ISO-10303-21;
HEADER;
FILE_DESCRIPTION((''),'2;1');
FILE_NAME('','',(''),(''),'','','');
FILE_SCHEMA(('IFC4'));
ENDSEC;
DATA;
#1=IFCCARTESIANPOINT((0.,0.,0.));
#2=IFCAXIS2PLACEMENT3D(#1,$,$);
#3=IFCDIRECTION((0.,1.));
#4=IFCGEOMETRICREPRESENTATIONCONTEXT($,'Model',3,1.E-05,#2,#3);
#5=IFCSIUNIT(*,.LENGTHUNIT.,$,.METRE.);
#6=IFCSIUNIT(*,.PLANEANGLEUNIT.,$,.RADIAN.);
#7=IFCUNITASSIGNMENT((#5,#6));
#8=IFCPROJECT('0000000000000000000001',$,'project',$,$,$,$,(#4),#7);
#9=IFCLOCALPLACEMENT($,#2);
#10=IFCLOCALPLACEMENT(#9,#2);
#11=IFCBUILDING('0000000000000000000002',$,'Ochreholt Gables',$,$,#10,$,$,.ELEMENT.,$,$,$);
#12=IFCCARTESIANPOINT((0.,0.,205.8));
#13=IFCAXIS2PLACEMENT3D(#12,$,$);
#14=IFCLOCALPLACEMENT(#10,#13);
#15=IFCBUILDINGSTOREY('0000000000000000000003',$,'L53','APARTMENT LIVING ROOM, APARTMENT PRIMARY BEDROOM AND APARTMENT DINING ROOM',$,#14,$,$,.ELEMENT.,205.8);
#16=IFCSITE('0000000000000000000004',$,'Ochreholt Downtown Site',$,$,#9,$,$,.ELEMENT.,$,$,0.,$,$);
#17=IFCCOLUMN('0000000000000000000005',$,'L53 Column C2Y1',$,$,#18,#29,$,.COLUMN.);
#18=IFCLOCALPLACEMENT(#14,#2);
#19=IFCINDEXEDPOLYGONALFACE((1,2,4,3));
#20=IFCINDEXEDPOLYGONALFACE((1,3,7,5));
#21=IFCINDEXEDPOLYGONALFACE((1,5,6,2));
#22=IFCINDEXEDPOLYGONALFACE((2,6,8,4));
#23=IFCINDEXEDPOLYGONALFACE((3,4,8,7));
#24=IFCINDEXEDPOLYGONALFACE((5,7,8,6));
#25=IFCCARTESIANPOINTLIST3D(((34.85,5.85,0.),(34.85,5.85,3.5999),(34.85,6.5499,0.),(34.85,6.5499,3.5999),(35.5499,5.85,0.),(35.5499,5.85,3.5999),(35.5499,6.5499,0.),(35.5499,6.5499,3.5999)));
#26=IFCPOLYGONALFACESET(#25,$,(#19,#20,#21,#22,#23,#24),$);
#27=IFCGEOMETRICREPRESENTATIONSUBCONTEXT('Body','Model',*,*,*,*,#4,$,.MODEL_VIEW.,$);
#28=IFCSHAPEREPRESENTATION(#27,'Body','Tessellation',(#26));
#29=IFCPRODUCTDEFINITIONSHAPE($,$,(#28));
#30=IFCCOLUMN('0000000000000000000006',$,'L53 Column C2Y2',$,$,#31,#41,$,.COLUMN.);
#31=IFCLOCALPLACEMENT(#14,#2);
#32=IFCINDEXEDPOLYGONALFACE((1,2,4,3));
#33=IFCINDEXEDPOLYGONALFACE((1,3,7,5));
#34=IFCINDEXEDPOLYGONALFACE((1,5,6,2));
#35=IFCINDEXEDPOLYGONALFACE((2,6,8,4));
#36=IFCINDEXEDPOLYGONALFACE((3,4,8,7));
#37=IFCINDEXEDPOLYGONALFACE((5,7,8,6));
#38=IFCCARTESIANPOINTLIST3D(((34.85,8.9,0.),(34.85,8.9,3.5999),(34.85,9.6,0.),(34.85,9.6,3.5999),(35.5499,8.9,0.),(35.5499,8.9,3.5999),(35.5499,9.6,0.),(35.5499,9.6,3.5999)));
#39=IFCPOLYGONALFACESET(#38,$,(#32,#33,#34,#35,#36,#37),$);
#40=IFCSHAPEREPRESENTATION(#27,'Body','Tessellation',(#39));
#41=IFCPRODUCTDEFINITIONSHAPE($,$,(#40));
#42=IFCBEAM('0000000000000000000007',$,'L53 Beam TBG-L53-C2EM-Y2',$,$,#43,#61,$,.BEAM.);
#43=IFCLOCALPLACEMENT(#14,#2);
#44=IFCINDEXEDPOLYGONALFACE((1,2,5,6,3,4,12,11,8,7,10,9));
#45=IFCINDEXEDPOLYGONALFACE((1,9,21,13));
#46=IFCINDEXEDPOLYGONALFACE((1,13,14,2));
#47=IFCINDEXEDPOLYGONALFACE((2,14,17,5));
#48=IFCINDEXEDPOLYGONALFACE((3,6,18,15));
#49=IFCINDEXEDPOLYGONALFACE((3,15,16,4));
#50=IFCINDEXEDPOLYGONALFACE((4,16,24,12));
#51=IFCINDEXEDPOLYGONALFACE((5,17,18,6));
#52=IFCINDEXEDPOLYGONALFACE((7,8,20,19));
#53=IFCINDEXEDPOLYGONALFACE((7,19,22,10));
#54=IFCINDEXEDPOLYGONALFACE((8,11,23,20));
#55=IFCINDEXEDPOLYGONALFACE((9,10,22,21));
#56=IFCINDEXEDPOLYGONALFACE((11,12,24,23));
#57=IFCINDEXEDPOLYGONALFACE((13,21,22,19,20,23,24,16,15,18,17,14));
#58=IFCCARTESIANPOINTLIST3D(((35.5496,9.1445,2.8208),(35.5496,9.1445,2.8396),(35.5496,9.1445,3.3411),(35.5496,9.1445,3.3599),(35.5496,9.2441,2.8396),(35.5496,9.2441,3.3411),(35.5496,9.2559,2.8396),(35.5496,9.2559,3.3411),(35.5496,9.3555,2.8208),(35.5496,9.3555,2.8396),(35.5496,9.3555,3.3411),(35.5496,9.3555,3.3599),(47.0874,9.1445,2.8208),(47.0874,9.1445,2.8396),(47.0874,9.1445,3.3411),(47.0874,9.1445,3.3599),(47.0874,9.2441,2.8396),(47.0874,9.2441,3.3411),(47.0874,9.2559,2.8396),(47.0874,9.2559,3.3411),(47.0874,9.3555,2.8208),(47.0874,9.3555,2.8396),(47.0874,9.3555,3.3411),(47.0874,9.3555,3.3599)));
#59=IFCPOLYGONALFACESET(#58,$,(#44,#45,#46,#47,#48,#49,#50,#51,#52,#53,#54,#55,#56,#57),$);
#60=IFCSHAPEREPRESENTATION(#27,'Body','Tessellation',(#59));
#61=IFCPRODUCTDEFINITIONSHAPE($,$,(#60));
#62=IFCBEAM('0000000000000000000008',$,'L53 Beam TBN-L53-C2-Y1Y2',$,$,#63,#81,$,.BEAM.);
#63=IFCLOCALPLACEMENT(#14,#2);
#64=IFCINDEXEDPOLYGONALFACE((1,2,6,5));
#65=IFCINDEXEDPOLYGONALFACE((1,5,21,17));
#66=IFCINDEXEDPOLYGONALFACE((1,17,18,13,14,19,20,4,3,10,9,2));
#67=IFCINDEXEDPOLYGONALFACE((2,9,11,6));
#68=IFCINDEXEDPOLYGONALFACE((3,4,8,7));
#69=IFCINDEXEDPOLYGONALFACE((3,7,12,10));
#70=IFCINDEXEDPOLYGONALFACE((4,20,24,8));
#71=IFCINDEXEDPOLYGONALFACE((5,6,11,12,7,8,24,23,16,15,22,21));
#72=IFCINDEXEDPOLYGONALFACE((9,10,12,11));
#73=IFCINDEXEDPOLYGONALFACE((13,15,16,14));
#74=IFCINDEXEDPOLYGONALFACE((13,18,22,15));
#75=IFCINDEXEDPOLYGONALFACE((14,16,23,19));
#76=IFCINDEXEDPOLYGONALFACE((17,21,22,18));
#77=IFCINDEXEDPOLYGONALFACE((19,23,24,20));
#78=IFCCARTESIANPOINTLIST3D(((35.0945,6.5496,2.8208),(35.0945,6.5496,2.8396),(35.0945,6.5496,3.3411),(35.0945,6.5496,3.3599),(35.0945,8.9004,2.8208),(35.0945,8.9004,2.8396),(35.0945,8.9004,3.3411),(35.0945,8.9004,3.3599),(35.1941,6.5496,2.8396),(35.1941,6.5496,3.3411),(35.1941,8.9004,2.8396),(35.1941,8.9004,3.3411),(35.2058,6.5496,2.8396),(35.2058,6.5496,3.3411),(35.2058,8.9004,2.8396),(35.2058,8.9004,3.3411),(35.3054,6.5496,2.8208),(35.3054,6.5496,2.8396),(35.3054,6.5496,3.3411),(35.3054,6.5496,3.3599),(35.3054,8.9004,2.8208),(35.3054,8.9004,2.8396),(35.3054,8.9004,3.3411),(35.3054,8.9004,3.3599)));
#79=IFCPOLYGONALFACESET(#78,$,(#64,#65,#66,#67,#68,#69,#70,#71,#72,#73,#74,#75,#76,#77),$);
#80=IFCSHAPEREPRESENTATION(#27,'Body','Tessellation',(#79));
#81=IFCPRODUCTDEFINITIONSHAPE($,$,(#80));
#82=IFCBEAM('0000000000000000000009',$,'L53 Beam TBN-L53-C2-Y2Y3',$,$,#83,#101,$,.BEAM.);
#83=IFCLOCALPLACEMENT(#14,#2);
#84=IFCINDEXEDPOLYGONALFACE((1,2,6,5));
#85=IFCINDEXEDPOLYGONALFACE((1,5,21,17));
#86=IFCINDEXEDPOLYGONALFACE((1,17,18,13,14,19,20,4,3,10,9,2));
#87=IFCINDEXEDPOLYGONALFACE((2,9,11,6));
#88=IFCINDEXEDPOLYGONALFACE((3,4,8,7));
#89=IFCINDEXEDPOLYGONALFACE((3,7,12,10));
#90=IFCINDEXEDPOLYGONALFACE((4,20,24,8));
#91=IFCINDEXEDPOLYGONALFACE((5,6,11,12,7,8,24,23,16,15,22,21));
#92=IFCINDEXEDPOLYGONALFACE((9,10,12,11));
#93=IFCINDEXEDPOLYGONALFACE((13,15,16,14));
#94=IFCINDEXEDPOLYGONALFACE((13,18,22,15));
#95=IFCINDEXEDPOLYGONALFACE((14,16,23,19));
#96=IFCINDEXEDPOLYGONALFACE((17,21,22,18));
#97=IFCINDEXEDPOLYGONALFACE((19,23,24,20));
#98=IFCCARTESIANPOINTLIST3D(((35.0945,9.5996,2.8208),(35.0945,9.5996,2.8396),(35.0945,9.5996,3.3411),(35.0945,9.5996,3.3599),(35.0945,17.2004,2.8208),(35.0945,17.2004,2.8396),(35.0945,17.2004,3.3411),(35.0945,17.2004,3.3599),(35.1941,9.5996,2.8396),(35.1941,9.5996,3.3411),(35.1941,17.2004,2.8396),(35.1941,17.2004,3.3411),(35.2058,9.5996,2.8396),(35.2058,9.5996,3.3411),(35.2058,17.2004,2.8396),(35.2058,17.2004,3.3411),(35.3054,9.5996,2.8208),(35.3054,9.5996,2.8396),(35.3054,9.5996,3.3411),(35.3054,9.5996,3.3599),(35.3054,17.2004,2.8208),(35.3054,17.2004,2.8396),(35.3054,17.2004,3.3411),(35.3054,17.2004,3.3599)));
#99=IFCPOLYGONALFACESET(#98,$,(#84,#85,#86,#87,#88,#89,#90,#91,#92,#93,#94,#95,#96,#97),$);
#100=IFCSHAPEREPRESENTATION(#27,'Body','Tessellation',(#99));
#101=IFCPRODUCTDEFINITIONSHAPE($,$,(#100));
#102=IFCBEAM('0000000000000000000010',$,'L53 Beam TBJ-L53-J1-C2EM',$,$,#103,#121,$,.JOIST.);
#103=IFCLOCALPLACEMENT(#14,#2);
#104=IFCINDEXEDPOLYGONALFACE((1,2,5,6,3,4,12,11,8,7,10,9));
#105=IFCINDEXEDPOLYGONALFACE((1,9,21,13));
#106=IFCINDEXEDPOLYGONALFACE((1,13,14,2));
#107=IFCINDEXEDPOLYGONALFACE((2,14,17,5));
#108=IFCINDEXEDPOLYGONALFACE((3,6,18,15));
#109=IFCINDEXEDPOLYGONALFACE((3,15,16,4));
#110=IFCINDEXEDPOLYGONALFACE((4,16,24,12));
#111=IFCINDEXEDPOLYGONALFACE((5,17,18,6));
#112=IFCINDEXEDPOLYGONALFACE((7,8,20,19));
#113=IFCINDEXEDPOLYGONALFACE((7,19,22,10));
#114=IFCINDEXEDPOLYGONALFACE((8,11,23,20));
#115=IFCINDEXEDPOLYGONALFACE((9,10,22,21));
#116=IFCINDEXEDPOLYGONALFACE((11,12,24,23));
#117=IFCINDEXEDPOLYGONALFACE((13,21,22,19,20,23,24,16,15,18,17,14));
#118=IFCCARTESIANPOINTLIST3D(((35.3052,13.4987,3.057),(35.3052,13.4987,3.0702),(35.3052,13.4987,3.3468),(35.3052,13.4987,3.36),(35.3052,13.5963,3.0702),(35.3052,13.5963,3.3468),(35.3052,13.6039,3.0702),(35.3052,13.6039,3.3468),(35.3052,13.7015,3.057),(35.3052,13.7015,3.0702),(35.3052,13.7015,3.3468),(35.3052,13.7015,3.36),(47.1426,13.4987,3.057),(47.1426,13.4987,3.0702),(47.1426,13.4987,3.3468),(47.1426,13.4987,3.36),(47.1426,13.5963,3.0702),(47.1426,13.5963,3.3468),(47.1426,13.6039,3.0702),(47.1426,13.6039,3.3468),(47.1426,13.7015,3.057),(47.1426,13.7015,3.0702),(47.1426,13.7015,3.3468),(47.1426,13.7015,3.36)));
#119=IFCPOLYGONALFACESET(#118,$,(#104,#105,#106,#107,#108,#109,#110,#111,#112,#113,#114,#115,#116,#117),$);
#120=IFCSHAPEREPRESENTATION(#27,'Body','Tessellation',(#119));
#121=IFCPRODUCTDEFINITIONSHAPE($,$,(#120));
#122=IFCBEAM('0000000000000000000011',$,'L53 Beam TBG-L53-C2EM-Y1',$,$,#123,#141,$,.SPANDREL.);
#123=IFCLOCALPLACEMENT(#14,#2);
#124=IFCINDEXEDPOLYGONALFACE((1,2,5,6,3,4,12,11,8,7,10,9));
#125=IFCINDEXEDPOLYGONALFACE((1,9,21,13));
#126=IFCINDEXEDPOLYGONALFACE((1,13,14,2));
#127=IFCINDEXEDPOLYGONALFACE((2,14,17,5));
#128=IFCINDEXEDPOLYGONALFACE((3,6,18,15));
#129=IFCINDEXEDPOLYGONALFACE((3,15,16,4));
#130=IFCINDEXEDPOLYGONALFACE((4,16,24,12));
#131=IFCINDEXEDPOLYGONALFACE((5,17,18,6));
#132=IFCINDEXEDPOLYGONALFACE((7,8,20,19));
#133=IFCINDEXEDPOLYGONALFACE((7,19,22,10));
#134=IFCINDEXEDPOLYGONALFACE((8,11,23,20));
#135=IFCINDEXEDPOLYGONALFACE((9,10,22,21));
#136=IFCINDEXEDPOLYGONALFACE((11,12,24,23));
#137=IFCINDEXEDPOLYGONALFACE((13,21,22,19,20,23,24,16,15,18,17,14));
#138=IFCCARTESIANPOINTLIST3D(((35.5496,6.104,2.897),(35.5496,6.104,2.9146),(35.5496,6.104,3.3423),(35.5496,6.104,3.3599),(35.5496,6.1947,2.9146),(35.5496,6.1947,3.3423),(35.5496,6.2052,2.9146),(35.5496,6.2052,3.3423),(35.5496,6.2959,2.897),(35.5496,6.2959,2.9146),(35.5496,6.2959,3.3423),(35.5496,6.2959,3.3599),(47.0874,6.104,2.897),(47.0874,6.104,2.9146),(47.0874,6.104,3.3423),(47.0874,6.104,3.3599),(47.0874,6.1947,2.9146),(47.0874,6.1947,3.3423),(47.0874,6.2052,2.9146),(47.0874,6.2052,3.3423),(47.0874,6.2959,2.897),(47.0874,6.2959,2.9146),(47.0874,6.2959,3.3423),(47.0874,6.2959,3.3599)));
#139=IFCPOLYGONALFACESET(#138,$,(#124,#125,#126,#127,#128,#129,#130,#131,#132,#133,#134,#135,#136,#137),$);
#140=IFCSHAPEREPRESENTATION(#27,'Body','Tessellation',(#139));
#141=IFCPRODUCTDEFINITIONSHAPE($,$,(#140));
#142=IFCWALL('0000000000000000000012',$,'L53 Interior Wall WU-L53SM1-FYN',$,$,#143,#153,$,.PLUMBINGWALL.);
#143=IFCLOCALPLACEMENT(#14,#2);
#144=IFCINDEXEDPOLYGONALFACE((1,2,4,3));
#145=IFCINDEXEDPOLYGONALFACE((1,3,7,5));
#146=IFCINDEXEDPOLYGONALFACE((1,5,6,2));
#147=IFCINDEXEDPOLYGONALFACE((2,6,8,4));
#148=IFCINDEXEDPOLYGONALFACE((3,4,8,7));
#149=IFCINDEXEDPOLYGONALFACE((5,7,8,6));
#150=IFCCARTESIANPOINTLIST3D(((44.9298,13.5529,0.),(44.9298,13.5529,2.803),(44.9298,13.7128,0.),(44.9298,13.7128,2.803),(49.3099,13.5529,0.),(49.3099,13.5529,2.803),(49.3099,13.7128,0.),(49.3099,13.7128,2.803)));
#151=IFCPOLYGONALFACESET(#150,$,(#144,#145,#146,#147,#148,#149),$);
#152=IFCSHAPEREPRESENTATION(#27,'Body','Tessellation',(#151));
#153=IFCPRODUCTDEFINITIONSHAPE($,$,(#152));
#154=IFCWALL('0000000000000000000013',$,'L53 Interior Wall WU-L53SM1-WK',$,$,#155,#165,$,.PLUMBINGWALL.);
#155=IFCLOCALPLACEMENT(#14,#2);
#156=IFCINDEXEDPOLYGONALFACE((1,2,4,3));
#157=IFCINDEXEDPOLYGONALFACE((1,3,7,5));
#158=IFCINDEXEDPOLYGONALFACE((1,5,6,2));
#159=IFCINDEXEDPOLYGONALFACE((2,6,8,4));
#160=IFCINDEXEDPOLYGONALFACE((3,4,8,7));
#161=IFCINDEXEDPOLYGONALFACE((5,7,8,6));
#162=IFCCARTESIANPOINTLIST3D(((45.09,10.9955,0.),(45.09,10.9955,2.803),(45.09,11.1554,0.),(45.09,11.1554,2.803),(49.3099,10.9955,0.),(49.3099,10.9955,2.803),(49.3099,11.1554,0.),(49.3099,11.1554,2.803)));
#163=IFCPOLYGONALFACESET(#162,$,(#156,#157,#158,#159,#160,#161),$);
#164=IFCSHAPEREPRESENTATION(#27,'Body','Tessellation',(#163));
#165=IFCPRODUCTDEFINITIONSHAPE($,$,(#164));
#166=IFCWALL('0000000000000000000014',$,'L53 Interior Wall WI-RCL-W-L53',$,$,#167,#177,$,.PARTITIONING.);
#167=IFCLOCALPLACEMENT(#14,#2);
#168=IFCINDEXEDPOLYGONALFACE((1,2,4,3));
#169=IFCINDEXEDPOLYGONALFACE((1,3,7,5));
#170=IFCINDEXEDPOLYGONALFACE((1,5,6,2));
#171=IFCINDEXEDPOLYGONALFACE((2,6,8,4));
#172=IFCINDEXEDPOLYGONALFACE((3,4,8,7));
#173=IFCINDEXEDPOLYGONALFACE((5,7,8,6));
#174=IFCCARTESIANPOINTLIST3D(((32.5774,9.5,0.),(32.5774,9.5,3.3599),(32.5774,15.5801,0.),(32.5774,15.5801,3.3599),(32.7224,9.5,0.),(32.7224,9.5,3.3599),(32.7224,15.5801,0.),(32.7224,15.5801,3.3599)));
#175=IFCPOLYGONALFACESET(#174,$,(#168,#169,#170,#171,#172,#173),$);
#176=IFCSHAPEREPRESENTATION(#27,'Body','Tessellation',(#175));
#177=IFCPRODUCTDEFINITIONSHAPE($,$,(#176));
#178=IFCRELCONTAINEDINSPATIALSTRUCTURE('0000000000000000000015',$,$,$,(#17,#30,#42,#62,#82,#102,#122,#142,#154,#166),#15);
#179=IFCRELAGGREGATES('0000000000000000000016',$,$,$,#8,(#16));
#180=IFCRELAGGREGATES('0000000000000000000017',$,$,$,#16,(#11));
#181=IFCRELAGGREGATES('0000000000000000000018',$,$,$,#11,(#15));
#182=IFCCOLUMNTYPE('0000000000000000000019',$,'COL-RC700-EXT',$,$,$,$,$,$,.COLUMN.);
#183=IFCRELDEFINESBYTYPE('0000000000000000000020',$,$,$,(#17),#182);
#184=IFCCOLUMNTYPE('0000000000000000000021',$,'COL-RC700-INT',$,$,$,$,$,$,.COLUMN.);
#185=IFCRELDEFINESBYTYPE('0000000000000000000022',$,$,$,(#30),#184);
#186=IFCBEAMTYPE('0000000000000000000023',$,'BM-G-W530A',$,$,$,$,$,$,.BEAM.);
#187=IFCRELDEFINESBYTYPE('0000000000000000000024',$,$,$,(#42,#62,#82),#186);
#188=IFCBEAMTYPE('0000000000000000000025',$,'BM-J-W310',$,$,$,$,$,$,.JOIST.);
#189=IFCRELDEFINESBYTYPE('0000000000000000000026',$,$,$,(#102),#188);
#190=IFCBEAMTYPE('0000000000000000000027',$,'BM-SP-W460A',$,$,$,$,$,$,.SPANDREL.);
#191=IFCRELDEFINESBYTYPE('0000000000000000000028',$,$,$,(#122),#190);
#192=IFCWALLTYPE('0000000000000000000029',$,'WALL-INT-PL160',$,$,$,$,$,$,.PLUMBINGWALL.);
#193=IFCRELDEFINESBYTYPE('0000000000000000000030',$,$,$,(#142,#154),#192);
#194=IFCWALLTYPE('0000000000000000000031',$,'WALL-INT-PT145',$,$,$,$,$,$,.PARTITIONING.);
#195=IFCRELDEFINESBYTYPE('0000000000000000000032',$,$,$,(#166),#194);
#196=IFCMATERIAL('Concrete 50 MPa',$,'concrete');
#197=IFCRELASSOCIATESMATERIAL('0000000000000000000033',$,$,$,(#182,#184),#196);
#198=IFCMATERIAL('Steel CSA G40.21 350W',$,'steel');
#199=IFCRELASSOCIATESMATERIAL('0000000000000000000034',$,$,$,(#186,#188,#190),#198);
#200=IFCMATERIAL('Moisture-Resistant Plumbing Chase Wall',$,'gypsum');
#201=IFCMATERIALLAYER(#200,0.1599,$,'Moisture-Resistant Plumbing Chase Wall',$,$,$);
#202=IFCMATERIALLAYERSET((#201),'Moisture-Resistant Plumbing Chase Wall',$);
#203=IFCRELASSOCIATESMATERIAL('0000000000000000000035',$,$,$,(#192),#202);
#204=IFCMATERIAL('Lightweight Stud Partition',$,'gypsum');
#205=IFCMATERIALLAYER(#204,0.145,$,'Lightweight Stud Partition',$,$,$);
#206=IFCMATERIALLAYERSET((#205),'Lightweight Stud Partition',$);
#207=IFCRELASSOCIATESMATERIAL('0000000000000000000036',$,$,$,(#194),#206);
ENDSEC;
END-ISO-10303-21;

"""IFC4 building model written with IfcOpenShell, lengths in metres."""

from ifc_helpers import new_model, si_unit, direction, frame, frame_2d, origin, origin_2d, place, context, subcontext, project, spatial, rectangle, i_section, extrude, material, layer, layer_set, material_profile, profile_set, type_object, element, save


model = new_model("IFC4")

# Units and contexts
model_context = context("Model", 3, precision=1e-05, world=origin(), true_north=direction((0.0, 1.0)))
body_context = subcontext(model_context, "Body", "Model", "MODEL_VIEW")
ifc_project = project(units=[si_unit("LENGTHUNIT", "METRE"), si_unit("PLANEANGLEUNIT", "RADIAN")], contexts=[model_context])

# Site, building, storey
site_placement = place(None, origin())
site = spatial("IfcSite", under=ifc_project, at=site_placement, Name="Ochreholt Downtown Site", CompositionType="ELEMENT", RefElevation=0.0)
building_placement = place(site_placement, origin())
building = spatial("IfcBuilding", under=site, at=building_placement, Name="Ochreholt Gables", CompositionType="ELEMENT")
storey_placement = place(building_placement, frame((0.0, 0.0, 205.8)))
storey = spatial("IfcBuildingStorey", under=building, at=storey_placement, Name="L53", Description="APARTMENT LIVING ROOM, APARTMENT PRIMARY BEDROOM AND APARTMENT DINING ROOM", CompositionType="ELEMENT", Elevation=205.8)

# Columns
ifc_material_1 = material(Name="Concrete 50 MPa", Category="concrete")
ifc_material_profile_1 = material_profile(ifc_material_1, rectangle(XDim=0.7, YDim=0.7, at=origin_2d()), Name="RC700X700")
ifc_profile_set_1 = profile_set([ifc_material_profile_1], Name="Concrete 50 MPa")
column_type_1 = type_object("IfcColumnType", Name="COL-RC700-EXT", PredefinedType="COLUMN", material=ifc_profile_set_1)
column_1_placement = place(storey_placement, frame((35.2, 6.2, 0.0), z_axis=(0.0, 0.0, 1.0), x_axis=(1.0, 0.0, 0.0)))
element("IfcColumn", 1, at=column_1_placement, inside=storey, type_object=column_type_1, Name="L53 Column C2Y1", PredefinedType="COLUMN", context=body_context, shape_type="SweptSolid", body=[
    extrude(rectangle(XDim=0.7, YDim=0.7, at=origin_2d()), origin(), (0.0, 0.0, 1.0), 3.5999),
])
ifc_material_profile_2 = material_profile(ifc_material_1, rectangle(XDim=0.7, YDim=0.7, at=origin_2d()), Name="RC700X700")
ifc_profile_set_2 = profile_set([ifc_material_profile_2], Name="Concrete 50 MPa")
column_type_2 = type_object("IfcColumnType", Name="COL-RC700-INT", PredefinedType="COLUMN", material=ifc_profile_set_2)
column_2_placement = place(storey_placement, frame((35.2, 9.25, 0.0), z_axis=(0.0, 0.0, 1.0), x_axis=(1.0, 0.0, 0.0)))
element("IfcColumn", 2, at=column_2_placement, inside=storey, type_object=column_type_2, Name="L53 Column C2Y2", PredefinedType="COLUMN", context=body_context, shape_type="SweptSolid", body=[
    extrude(rectangle(XDim=0.7, YDim=0.7, at=origin_2d()), origin(), (0.0, 0.0, 1.0), 3.5999),
])

# Beams
ifc_material_2 = material(Name="Steel CSA G40.21 350W", Category="steel")
ifc_material_profile_3 = material_profile(ifc_material_2, i_section(OverallWidth=0.2109, OverallDepth=0.5391, WebThickness=0.0117, FlangeThickness=0.0188, at=origin_2d()), Name="W530X109")
ifc_profile_set_3 = profile_set([ifc_material_profile_3], Name="Steel CSA G40.21 350W")
beam_type_1 = type_object("IfcBeamType", Name="BM-G-W530A", PredefinedType="BEAM", material=ifc_profile_set_3)
beam_1_placement = place(storey_placement, frame((35.5496, 9.25, 3.0903), z_axis=(1.0, 0.0, 0.0), x_axis=(0.0, 1.0, 0.0)))
element("IfcBeam", 3, at=beam_1_placement, inside=storey, type_object=beam_type_1, Name="L53 Beam TBG-L53-C2EM-Y2", PredefinedType="BEAM", context=body_context, shape_type="SweptSolid", body=[
    extrude(i_section(OverallWidth=0.2109, OverallDepth=0.5391, WebThickness=0.0117, FlangeThickness=0.0188, at=origin_2d()), origin(), (0.0, 0.0, 1.0), 11.5378),
])
beam_2_placement = place(storey_placement, frame((35.2, 6.5496, 3.0903), z_axis=(0.0, 1.0, 0.0), x_axis=(-1.0, 0.0, 0.0)))
element("IfcBeam", 4, at=beam_2_placement, inside=storey, type_object=beam_type_1, Name="L53 Beam TBN-L53-C2-Y1Y2", PredefinedType="BEAM", context=body_context, shape_type="SweptSolid", body=[
    extrude(i_section(OverallWidth=0.2109, OverallDepth=0.5391, WebThickness=0.0117, FlangeThickness=0.0188, at=origin_2d()), origin(), (0.0, 0.0, 1.0), 2.3508),
])
beam_3_placement = place(storey_placement, frame((35.2, 9.5996, 3.0903), z_axis=(0.0, 1.0, 0.0), x_axis=(-1.0, 0.0, 0.0)))
element("IfcBeam", 5, at=beam_3_placement, inside=storey, type_object=beam_type_1, Name="L53 Beam TBN-L53-C2-Y2Y3", PredefinedType="BEAM", context=body_context, shape_type="SweptSolid", body=[
    extrude(i_section(OverallWidth=0.2109, OverallDepth=0.5391, WebThickness=0.0117, FlangeThickness=0.0188, at=origin_2d()), origin(), (0.0, 0.0, 1.0), 7.6008),
])
ifc_material_profile_4 = material_profile(ifc_material_2, i_section(OverallWidth=0.2029, OverallDepth=0.303, WebThickness=0.0076, FlangeThickness=0.0132, at=origin_2d()), Name="W310X60")
ifc_profile_set_4 = profile_set([ifc_material_profile_4], Name="Steel CSA G40.21 350W")
beam_type_2 = type_object("IfcBeamType", Name="BM-J-W310", PredefinedType="JOIST", material=ifc_profile_set_4)
beam_4_placement = place(storey_placement, frame((35.3052, 13.6001, 3.2085), z_axis=(1.0, 0.0, 0.0), x_axis=(0.0, 1.0, 0.0)))
element("IfcBeam", 6, at=beam_4_placement, inside=storey, type_object=beam_type_2, Name="L53 Beam TBJ-L53-J1-C2EM", PredefinedType="JOIST", context=body_context, shape_type="SweptSolid", body=[
    extrude(i_section(OverallWidth=0.2029, OverallDepth=0.303, WebThickness=0.0076, FlangeThickness=0.0132, at=origin_2d()), origin(), (0.0, 0.0, 1.0), 11.8374),
])
ifc_material_profile_5 = material_profile(ifc_material_2, i_section(OverallWidth=0.1919, OverallDepth=0.4629, WebThickness=0.0105, FlangeThickness=0.0176, at=origin_2d()), Name="W460X89")
ifc_profile_set_5 = profile_set([ifc_material_profile_5], Name="Steel CSA G40.21 350W")
beam_type_3 = type_object("IfcBeamType", Name="BM-SP-W460A", PredefinedType="SPANDREL", material=ifc_profile_set_5)
beam_5_placement = place(storey_placement, frame((35.5496, 6.2, 3.1284), z_axis=(1.0, 0.0, 0.0), x_axis=(0.0, 1.0, 0.0)))
element("IfcBeam", 7, at=beam_5_placement, inside=storey, type_object=beam_type_3, Name="L53 Beam TBG-L53-C2EM-Y1", PredefinedType="SPANDREL", context=body_context, shape_type="SweptSolid", body=[
    extrude(i_section(OverallWidth=0.1919, OverallDepth=0.4629, WebThickness=0.0105, FlangeThickness=0.0176, at=origin_2d()), origin(), (0.0, 0.0, 1.0), 11.5378),
])

# Wall
ifc_material_3 = material(Name="Moisture-Resistant Plumbing Chase Wall", Category="gypsum")
ifc_layer_1 = layer(ifc_material_3, 0.1599, Name="Moisture-Resistant Plumbing Chase Wall")
ifc_layer_set_1 = layer_set([ifc_layer_1], Name="Moisture-Resistant Plumbing Chase Wall")
wall_type_1 = type_object("IfcWallType", Name="WALL-INT-PL160", PredefinedType="PLUMBINGWALL", material=ifc_layer_set_1)
wall_1_placement = place(storey_placement, frame((44.9299, 13.6328, 0.0), z_axis=(0.0, 0.0, 1.0), x_axis=(1.0, 0.0, 0.0)))
element("IfcWall", 8, at=wall_1_placement, inside=storey, type_object=wall_type_1, Name="L53 Interior Wall WU-L53SM1-FYN", PredefinedType="PLUMBINGWALL", context=body_context, shape_type="SweptSolid", body=[
    extrude(rectangle(XDim=4.3801, YDim=0.1599, at=frame_2d((2.1899, 0.0))), origin(), (0.0, 0.0, 1.0), 2.803),
])

# Walls
wall_2_placement = place(storey_placement, frame((45.0901, 11.0754, 0.0), z_axis=(0.0, 0.0, 1.0), x_axis=(1.0, 0.0, 0.0)))
element("IfcWall", 9, at=wall_2_placement, inside=storey, type_object=wall_type_1, Name="L53 Interior Wall WU-L53SM1-WK", PredefinedType="PLUMBINGWALL", context=body_context, shape_type="SweptSolid", body=[
    extrude(rectangle(XDim=4.22, YDim=0.1599, at=frame_2d((2.1099, 0.0))), origin(), (0.0, 0.0, 1.0), 2.803),
])
ifc_material_4 = material(Name="Lightweight Stud Partition", Category="gypsum")
ifc_layer_2 = layer(ifc_material_4, 0.145, Name="Lightweight Stud Partition")
ifc_layer_set_2 = layer_set([ifc_layer_2], Name="Lightweight Stud Partition")
wall_type_2 = type_object("IfcWallType", Name="WALL-INT-PT145", PredefinedType="PARTITIONING", material=ifc_layer_set_2)
wall_3_placement = place(storey_placement, frame((32.6499, 9.5, 0.0), z_axis=(0.0, 0.0, 1.0), x_axis=(0.0, 1.0, 0.0)))
element("IfcWall", 10, at=wall_3_placement, inside=storey, type_object=wall_type_2, Name="L53 Interior Wall WI-RCL-W-L53", PredefinedType="PARTITIONING", context=body_context, shape_type="SweptSolid", body=[
    extrude(rectangle(XDim=6.0801, YDim=0.145, at=frame_2d((3.04, 0.0))), origin(), (0.0, 0.0, 1.0), 3.3599),
])

save(model, "model.ifc")
